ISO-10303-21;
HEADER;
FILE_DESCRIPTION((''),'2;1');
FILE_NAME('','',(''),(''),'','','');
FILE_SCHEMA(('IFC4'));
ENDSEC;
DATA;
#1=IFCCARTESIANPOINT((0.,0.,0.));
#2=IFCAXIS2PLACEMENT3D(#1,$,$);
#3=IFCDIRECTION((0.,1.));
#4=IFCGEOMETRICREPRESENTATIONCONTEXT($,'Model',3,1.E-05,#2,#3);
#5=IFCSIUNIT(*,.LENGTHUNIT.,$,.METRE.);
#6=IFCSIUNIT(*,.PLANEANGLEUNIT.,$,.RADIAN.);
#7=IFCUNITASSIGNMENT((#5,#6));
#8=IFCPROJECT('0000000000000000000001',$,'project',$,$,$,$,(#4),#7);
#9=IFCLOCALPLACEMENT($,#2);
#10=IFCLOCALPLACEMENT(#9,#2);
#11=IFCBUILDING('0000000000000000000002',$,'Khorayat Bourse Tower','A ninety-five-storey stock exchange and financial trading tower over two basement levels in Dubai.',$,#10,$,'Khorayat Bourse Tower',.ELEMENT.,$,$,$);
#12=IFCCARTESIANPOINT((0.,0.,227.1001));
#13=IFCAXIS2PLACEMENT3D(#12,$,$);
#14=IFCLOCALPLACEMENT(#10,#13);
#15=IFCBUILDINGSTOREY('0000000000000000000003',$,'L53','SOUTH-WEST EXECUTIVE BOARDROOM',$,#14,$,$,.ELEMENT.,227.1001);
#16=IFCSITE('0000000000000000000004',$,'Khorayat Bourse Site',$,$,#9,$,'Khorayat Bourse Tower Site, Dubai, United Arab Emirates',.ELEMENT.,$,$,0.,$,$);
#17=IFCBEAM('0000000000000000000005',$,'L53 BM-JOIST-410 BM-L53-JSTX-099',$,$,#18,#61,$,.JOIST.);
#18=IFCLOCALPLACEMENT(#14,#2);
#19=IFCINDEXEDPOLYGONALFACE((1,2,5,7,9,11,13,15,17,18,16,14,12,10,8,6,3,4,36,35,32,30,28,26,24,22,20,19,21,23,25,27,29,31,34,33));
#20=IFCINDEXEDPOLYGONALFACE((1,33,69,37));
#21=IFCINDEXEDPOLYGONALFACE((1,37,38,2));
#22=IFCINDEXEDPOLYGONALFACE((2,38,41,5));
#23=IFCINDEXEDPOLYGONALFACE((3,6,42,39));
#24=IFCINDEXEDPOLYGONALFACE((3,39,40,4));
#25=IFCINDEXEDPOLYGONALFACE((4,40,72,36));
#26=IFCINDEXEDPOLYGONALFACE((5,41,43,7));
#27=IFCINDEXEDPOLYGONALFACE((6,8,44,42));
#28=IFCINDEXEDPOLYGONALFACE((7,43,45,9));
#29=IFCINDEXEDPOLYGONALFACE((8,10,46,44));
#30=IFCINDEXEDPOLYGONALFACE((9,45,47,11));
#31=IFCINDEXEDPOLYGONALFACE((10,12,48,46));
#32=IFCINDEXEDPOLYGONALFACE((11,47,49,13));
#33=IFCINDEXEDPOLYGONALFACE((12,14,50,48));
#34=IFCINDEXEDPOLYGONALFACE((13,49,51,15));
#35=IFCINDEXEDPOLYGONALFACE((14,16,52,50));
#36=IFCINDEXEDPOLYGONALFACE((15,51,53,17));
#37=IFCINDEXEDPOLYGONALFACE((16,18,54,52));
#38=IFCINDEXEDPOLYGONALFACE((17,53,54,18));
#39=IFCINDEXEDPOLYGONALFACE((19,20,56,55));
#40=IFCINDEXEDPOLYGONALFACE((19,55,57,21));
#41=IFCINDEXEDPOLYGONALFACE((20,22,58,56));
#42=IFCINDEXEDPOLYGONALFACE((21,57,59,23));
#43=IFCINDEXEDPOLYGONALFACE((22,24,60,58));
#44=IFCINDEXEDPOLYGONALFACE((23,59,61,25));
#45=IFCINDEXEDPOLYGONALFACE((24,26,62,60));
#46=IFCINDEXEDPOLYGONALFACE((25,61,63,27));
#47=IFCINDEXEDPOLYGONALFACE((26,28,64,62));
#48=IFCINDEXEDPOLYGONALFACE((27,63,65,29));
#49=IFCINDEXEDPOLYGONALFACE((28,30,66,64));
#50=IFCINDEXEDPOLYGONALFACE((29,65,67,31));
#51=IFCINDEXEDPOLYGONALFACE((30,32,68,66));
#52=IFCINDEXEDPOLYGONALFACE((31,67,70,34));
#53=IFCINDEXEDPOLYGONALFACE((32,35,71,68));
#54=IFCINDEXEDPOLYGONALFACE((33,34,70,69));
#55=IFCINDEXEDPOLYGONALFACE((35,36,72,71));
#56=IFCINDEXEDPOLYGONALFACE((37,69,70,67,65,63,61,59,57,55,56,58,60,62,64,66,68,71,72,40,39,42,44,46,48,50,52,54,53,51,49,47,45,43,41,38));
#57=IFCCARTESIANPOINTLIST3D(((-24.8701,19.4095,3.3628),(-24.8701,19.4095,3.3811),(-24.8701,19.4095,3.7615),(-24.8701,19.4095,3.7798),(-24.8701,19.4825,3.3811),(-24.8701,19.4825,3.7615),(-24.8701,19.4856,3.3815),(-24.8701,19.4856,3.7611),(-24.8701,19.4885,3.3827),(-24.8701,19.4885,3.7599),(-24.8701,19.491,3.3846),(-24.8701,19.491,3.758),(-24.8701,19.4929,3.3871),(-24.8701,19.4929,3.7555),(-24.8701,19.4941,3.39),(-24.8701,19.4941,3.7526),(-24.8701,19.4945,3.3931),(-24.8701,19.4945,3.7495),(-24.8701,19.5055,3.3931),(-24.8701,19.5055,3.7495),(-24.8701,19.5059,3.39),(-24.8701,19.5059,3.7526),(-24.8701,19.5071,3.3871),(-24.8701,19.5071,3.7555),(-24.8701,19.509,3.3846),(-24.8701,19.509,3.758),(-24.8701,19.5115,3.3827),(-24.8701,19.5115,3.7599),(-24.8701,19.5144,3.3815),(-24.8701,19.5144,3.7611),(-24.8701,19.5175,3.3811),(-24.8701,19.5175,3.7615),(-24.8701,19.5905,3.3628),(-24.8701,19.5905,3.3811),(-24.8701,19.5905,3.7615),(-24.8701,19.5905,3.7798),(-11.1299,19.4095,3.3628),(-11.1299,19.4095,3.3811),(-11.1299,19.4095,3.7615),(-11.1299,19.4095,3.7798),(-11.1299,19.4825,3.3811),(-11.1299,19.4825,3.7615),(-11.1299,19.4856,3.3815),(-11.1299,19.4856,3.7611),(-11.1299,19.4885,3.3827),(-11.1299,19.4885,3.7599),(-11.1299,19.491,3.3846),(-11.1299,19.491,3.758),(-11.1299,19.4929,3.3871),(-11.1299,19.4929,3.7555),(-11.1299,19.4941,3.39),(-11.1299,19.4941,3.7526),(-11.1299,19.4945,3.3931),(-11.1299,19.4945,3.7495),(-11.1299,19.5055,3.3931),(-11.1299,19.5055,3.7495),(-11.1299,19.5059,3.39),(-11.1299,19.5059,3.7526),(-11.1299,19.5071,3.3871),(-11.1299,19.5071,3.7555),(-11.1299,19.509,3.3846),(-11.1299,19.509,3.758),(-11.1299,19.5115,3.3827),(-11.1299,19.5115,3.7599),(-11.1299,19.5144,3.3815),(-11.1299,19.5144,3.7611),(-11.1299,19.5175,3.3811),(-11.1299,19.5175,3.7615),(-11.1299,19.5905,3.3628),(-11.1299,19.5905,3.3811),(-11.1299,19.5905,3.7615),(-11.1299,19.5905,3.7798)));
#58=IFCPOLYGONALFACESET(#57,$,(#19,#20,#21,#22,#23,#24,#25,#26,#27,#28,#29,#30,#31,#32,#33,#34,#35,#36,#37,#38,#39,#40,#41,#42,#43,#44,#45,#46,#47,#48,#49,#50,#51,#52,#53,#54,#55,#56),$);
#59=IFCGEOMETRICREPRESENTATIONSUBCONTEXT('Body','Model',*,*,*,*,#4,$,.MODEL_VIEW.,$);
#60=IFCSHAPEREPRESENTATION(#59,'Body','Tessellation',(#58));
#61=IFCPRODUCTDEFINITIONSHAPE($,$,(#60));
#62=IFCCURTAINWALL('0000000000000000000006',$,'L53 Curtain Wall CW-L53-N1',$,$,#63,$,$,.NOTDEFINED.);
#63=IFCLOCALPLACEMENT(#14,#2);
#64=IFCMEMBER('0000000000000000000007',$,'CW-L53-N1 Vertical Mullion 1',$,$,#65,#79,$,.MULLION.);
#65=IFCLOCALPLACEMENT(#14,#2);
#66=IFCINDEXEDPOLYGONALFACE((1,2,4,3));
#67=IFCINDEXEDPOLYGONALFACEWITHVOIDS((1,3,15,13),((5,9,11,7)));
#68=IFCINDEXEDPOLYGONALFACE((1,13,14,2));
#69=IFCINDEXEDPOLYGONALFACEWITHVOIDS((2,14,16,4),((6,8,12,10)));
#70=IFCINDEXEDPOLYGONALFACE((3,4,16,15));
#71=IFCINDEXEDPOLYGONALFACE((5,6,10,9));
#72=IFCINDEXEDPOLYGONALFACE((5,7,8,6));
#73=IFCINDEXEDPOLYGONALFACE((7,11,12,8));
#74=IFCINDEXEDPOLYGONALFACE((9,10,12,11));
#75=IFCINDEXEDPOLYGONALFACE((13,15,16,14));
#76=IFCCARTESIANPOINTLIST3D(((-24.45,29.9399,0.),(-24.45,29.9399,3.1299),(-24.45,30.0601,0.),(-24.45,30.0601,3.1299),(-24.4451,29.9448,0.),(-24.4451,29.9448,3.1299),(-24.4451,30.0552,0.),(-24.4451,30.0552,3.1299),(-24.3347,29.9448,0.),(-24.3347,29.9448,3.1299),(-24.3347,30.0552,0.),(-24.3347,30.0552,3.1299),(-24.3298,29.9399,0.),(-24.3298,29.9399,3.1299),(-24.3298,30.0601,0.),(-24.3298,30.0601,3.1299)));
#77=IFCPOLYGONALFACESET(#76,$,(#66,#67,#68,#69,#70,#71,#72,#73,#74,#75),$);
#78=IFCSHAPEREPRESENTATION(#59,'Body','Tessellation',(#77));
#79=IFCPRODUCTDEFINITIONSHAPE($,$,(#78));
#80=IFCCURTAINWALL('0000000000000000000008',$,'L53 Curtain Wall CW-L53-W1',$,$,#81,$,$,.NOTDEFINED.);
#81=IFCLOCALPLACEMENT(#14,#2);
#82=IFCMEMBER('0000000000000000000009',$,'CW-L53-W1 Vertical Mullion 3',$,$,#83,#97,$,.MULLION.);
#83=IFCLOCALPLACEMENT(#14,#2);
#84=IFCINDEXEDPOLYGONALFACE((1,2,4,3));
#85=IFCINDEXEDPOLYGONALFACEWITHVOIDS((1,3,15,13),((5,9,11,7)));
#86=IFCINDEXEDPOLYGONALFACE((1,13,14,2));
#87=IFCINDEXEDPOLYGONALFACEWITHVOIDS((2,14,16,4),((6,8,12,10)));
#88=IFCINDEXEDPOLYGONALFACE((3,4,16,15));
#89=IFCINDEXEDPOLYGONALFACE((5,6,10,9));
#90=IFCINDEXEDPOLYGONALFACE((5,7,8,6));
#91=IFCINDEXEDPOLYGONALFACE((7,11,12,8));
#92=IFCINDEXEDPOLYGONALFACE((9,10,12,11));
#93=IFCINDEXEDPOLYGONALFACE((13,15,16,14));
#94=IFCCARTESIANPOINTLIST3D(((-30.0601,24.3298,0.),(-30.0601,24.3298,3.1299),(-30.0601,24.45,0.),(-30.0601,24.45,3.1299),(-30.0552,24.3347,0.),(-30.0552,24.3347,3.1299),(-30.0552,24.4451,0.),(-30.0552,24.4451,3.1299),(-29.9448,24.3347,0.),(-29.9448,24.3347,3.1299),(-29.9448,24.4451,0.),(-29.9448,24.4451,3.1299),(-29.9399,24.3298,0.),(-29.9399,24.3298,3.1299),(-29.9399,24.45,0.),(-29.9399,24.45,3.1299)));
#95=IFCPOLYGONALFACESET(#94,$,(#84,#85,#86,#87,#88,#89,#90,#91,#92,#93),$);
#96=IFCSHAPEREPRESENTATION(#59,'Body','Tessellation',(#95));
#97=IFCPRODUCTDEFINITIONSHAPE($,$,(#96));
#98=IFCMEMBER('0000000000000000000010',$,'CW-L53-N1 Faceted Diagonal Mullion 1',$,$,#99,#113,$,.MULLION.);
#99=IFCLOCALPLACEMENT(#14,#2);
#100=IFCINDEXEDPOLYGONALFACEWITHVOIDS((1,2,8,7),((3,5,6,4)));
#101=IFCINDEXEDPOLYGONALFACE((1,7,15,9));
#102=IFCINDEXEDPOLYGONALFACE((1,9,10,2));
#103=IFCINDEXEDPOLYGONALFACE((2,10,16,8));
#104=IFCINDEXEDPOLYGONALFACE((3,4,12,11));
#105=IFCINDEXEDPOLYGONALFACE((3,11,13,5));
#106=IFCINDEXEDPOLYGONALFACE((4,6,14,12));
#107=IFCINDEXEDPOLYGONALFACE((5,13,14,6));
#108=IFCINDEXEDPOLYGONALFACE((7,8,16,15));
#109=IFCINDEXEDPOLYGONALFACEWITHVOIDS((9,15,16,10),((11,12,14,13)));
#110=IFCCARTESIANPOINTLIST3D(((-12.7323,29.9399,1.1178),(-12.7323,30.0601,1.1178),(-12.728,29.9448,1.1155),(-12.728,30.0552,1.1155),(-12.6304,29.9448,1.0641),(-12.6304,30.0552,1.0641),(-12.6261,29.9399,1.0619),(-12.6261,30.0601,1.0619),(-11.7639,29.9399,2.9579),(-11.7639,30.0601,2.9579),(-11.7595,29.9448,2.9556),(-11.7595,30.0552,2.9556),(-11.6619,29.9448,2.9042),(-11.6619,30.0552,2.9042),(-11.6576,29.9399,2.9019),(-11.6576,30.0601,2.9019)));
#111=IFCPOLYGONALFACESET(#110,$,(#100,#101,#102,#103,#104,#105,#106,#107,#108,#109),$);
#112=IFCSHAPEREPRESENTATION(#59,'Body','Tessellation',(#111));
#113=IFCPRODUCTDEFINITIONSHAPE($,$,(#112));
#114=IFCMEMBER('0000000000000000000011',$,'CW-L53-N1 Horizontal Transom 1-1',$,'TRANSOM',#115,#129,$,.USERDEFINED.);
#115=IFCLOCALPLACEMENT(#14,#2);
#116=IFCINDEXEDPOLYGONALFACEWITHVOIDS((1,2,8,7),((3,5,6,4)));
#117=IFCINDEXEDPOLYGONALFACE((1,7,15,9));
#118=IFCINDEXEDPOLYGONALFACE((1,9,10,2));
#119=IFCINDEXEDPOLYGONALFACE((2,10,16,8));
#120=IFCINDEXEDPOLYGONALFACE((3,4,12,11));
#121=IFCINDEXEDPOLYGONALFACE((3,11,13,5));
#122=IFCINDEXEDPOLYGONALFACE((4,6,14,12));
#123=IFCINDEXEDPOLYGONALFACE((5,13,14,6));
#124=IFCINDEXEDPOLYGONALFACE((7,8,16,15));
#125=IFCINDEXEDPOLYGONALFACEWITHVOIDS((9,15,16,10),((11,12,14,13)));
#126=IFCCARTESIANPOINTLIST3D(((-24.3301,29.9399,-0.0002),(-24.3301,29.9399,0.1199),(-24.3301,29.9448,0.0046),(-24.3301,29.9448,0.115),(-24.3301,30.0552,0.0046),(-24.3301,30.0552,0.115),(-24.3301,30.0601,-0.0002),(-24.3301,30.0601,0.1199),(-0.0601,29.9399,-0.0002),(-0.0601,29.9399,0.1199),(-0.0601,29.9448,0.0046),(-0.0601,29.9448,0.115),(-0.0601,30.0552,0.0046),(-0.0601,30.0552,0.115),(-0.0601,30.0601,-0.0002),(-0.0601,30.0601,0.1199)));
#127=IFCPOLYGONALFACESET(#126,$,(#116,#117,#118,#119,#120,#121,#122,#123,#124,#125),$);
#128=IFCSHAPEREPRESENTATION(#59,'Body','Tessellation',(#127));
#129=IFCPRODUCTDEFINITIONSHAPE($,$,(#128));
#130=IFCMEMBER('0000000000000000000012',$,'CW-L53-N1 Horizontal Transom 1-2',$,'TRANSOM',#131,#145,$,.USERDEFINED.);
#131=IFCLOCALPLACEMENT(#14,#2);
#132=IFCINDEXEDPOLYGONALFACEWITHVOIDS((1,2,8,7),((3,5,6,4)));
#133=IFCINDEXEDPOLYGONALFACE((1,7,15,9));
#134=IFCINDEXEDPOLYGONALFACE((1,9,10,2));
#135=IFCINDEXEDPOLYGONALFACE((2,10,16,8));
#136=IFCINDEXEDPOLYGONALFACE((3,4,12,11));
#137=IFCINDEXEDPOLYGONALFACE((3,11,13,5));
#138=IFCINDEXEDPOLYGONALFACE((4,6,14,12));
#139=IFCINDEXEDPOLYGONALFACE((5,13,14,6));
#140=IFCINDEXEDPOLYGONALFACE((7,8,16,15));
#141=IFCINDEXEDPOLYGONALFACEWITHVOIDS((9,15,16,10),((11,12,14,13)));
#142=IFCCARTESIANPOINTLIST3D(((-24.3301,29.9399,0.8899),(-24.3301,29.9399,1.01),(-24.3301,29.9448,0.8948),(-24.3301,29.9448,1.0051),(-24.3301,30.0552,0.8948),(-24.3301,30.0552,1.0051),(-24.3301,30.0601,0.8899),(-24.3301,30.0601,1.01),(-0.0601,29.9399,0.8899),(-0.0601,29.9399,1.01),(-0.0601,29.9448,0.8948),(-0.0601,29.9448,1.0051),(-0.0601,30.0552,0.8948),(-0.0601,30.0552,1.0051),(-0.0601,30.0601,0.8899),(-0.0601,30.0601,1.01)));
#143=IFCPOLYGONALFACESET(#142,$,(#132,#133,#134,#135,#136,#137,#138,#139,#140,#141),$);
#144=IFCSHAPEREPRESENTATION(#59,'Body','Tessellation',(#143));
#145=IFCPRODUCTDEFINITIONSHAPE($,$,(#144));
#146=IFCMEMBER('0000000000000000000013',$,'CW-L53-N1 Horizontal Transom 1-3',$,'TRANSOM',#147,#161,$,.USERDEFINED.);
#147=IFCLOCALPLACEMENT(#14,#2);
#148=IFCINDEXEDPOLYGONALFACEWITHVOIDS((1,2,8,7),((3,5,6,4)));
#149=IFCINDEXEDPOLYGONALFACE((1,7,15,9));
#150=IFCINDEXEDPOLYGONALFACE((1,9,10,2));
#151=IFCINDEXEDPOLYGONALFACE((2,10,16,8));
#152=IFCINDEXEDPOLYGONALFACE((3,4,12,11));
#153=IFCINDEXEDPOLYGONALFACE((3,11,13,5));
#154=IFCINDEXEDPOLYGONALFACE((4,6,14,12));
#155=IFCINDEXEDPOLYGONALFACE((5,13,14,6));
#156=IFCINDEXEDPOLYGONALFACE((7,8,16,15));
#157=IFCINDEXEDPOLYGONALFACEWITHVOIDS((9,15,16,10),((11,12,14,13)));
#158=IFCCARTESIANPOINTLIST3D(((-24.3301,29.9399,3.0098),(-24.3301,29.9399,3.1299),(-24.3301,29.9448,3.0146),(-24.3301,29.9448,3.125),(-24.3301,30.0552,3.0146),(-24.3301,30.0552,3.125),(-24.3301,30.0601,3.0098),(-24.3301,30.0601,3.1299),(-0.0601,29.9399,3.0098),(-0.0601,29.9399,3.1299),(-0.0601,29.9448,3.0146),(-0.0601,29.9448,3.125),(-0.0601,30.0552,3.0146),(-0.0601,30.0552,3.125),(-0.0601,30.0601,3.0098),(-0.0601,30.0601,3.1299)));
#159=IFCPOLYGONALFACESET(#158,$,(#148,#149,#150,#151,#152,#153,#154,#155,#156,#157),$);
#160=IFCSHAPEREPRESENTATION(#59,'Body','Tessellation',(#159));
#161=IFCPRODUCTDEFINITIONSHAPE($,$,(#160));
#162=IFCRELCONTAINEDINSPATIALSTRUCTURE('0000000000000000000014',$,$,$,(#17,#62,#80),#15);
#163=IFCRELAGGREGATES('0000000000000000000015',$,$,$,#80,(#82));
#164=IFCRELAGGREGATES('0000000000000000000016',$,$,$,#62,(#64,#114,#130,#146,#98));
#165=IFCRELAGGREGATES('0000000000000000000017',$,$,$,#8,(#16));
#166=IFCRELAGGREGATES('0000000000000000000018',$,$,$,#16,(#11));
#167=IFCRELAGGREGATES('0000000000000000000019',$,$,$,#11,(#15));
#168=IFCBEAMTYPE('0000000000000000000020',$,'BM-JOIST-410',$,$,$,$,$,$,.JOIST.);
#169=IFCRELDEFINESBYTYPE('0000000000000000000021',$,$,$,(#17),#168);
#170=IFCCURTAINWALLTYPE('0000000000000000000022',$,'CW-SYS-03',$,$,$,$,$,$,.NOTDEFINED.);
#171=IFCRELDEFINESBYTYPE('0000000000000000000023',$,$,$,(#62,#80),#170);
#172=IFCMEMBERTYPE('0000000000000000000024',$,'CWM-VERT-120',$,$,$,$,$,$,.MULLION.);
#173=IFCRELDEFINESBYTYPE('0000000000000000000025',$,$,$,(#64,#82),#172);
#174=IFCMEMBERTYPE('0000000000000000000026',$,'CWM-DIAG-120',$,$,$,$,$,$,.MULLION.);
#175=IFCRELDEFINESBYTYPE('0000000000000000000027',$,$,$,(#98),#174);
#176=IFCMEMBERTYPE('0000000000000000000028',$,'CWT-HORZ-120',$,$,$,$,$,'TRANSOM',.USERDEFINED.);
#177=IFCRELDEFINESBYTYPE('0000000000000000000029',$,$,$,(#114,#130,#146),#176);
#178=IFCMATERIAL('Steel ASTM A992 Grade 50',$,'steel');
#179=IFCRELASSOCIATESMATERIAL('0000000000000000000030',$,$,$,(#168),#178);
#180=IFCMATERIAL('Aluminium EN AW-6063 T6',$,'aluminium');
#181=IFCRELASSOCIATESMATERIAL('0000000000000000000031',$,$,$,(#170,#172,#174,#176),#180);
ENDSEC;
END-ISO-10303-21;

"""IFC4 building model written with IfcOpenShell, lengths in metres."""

from ifc_helpers import new_model, si_unit, direction, frame, origin, origin_2d, place, context, subcontext, project, spatial, hollow_rectangle, i_section, extrude, source, transform, mapped, material, material_profile, profile_set, type_object, element, aggregate, save


model = new_model("IFC4")

# Units and contexts
model_context = context("Model", 3, precision=1e-05, world=origin(), true_north=direction((0.0, 1.0)))
body_context = subcontext(model_context, "Body", "Model", "MODEL_VIEW")
ifc_project = project(units=[si_unit("LENGTHUNIT", "METRE"), si_unit("PLANEANGLEUNIT", "RADIAN")], contexts=[model_context])

# Site, building, storey
site_placement = place(None, origin())
site = spatial("IfcSite", under=ifc_project, at=site_placement, Name="Khorayat Bourse Site", LongName="Khorayat Bourse Tower Site, Dubai, United Arab Emirates", CompositionType="ELEMENT", RefElevation=0.0)
building_placement = place(site_placement, origin())
building = spatial("IfcBuilding", under=site, at=building_placement, Name="Khorayat Bourse Tower", Description="A ninety-five-storey stock exchange and financial trading tower over two basement levels in Dubai.", LongName="Khorayat Bourse Tower", CompositionType="ELEMENT")
storey_placement = place(building_placement, frame((0.0, 0.0, 227.1001)))
storey = spatial("IfcBuildingStorey", under=building, at=storey_placement, Name="L53", Description="SOUTH-WEST EXECUTIVE BOARDROOM", CompositionType="ELEMENT", Elevation=227.1001)

# Beam
ifc_material_1 = material(Name="Steel ASTM A992 Grade 50", Category="steel")
ifc_material_profile_1 = material_profile(ifc_material_1, i_section(OverallWidth=0.1809, OverallDepth=0.417, WebThickness=0.011, FlangeThickness=0.0183, FilletRadius=0.012, at=origin_2d()), Name="W410X85")
ifc_profile_set_1 = profile_set([ifc_material_profile_1], Name="Steel ASTM A992 Grade 50")
beam_type_1 = type_object("IfcBeamType", Name="BM-JOIST-410", PredefinedType="JOIST", material=ifc_profile_set_1)
shared_shape_1 = source(origin(), body_context, "Body", "SweptSolid", [
    extrude(i_section(OverallWidth=0.1809, OverallDepth=0.417, WebThickness=0.011, FlangeThickness=0.0183, FilletRadius=0.012, at=origin_2d()), origin(), (0.0, 0.0, 1.0), 13.7402),
])
beam_1_placement = place(storey_placement, frame((-24.8701, 19.5, 3.5713), z_axis=(1.0, 0.0, 0.0), x_axis=(0.0, 1.0, 0.0)))
element("IfcBeam", 1, at=beam_1_placement, inside=storey, type_object=beam_type_1, Name="L53 BM-JOIST-410 BM-L53-JSTX-099", PredefinedType="JOIST", context=body_context, shape_type="MappedRepresentation", body=[
    mapped(shared_shape_1, transform((0.0, 0.0, 0.0), scale=1.0)),
])

# Curtain walls, members
ifc_material_2 = material(Name="Aluminium EN AW-6063 T6", Category="aluminium")
curtain_wall_type = type_object("IfcCurtainWallType", Name="CW-SYS-03", PredefinedType="NOTDEFINED", material=ifc_material_2)
curtain_wall_1_placement = place(storey_placement, origin())
curtain_wall_1 = element("IfcCurtainWall", 2, at=curtain_wall_1_placement, inside=storey, type_object=curtain_wall_type, Name="L53 Curtain Wall CW-L53-N1", PredefinedType="NOTDEFINED")
ifc_material_profile_2 = material_profile(ifc_material_2, hollow_rectangle(XDim=0.1201, YDim=0.1201, WallThickness=0.0049, at=origin_2d()), Name="ALU 120x120x5")
ifc_profile_set_2 = profile_set([ifc_material_profile_2], Name="Aluminium EN AW-6063 T6")
member_type_1 = type_object("IfcMemberType", Name="CWM-VERT-120", PredefinedType="MULLION", material=ifc_profile_set_2)
shared_shape_2 = source(origin(), body_context, "Body", "SweptSolid", [
    extrude(hollow_rectangle(XDim=0.1201, YDim=0.1201, WallThickness=0.0049, at=origin_2d()), origin(), (0.0, 0.0, 1.0), 3.1299),
])
member_1_placement = place(storey_placement, frame((-24.3899, 30.0, 0.0), z_axis=(0.0, 0.0, 1.0), x_axis=(0.0, 1.0, 0.0)))
member_1 = element("IfcMember", 3, at=member_1_placement, type_object=member_type_1, Name="CW-L53-N1 Vertical Mullion 1", PredefinedType="MULLION", context=body_context, shape_type="MappedRepresentation", body=[
    mapped(shared_shape_2, transform((0.0, 0.0, 0.0), scale=1.0)),
])
curtain_wall_2_placement = place(storey_placement, origin())
curtain_wall_2 = element("IfcCurtainWall", 4, at=curtain_wall_2_placement, inside=storey, type_object=curtain_wall_type, Name="L53 Curtain Wall CW-L53-W1", PredefinedType="NOTDEFINED")
member_2_placement = place(storey_placement, frame((-30.0, 24.3899, 0.0), z_axis=(0.0, 0.0, 1.0), x_axis=(-1.0, 0.0, 0.0)))
member_2 = element("IfcMember", 5, at=member_2_placement, type_object=member_type_1, Name="CW-L53-W1 Vertical Mullion 3", PredefinedType="MULLION", context=body_context, shape_type="MappedRepresentation", body=[
    mapped(shared_shape_2, transform((0.0, 0.0, 0.0), scale=1.0)),
])
aggregate(curtain_wall_2, [member_2])

# Members
ifc_material_profile_3 = material_profile(ifc_material_2, hollow_rectangle(XDim=0.1201, YDim=0.1201, WallThickness=0.0049, at=origin_2d()), Name="ALU 120x120x5")
ifc_profile_set_3 = profile_set([ifc_material_profile_3], Name="Aluminium EN AW-6063 T6")
member_type_2 = type_object("IfcMemberType", Name="CWM-DIAG-120", PredefinedType="MULLION", material=ifc_profile_set_3)
shared_shape_3 = source(origin(), body_context, "Body", "SweptSolid", [
    extrude(hollow_rectangle(XDim=0.1201, YDim=0.1201, WallThickness=0.0049, at=origin_2d()), origin(), (0.0, 0.0, 1.0), 2.0793),
])
member_3_placement = place(storey_placement, frame((-12.6792, 30.0, 1.0898), z_axis=(0.465761, 0.0, 0.884911), x_axis=(0.0, 1.0, 0.0)))
member_3 = element("IfcMember", 6, at=member_3_placement, type_object=member_type_2, Name="CW-L53-N1 Faceted Diagonal Mullion 1", PredefinedType="MULLION", context=body_context, shape_type="MappedRepresentation", body=[
    mapped(shared_shape_3, transform((0.0, 0.0, 0.0), scale=1.0)),
])
ifc_material_profile_4 = material_profile(ifc_material_2, hollow_rectangle(XDim=0.1201, YDim=0.1201, WallThickness=0.0049, at=origin_2d()), Name="ALU 120x120x5")
ifc_profile_set_4 = profile_set([ifc_material_profile_4], Name="Aluminium EN AW-6063 T6")
member_type_3 = type_object("IfcMemberType", Name="CWT-HORZ-120", ElementType="TRANSOM", PredefinedType="USERDEFINED", material=ifc_profile_set_4)
shared_shape_4 = source(origin(), body_context, "Body", "SweptSolid", [
    extrude(hollow_rectangle(XDim=0.1201, YDim=0.1201, WallThickness=0.0049, at=origin_2d()), origin(), (0.0, 0.0, 1.0), 24.27),
])
member_4_placement = place(storey_placement, frame((-24.3301, 30.0, 0.0598), z_axis=(1.0, 0.0, 0.0), x_axis=(0.0, 1.0, 0.0)))
member_4 = element("IfcMember", 7, at=member_4_placement, type_object=member_type_3, Name="CW-L53-N1 Horizontal Transom 1-1", ObjectType="TRANSOM", PredefinedType="USERDEFINED", context=body_context, shape_type="MappedRepresentation", body=[
    mapped(shared_shape_4, transform((0.0, 0.0, 0.0), scale=1.0)),
])
member_5_placement = place(storey_placement, frame((-24.3301, 30.0, 0.95), z_axis=(1.0, 0.0, 0.0), x_axis=(0.0, 1.0, 0.0)))
member_5 = element("IfcMember", 8, at=member_5_placement, type_object=member_type_3, Name="CW-L53-N1 Horizontal Transom 1-2", ObjectType="TRANSOM", PredefinedType="USERDEFINED", context=body_context, shape_type="MappedRepresentation", body=[
    mapped(shared_shape_4, transform((0.0, 0.0, 0.0), scale=1.0)),
])
member_6_placement = place(storey_placement, frame((-24.3301, 30.0, 3.0698), z_axis=(1.0, 0.0, 0.0), x_axis=(0.0, 1.0, 0.0)))
member_6 = element("IfcMember", 9, at=member_6_placement, type_object=member_type_3, Name="CW-L53-N1 Horizontal Transom 1-3", ObjectType="TRANSOM", PredefinedType="USERDEFINED", context=body_context, shape_type="MappedRepresentation", body=[
    mapped(shared_shape_4, transform((0.0, 0.0, 0.0), scale=1.0)),
])
aggregate(curtain_wall_1, [member_1, member_4, member_5, member_6, member_3])

save(model, "model.ifc")
